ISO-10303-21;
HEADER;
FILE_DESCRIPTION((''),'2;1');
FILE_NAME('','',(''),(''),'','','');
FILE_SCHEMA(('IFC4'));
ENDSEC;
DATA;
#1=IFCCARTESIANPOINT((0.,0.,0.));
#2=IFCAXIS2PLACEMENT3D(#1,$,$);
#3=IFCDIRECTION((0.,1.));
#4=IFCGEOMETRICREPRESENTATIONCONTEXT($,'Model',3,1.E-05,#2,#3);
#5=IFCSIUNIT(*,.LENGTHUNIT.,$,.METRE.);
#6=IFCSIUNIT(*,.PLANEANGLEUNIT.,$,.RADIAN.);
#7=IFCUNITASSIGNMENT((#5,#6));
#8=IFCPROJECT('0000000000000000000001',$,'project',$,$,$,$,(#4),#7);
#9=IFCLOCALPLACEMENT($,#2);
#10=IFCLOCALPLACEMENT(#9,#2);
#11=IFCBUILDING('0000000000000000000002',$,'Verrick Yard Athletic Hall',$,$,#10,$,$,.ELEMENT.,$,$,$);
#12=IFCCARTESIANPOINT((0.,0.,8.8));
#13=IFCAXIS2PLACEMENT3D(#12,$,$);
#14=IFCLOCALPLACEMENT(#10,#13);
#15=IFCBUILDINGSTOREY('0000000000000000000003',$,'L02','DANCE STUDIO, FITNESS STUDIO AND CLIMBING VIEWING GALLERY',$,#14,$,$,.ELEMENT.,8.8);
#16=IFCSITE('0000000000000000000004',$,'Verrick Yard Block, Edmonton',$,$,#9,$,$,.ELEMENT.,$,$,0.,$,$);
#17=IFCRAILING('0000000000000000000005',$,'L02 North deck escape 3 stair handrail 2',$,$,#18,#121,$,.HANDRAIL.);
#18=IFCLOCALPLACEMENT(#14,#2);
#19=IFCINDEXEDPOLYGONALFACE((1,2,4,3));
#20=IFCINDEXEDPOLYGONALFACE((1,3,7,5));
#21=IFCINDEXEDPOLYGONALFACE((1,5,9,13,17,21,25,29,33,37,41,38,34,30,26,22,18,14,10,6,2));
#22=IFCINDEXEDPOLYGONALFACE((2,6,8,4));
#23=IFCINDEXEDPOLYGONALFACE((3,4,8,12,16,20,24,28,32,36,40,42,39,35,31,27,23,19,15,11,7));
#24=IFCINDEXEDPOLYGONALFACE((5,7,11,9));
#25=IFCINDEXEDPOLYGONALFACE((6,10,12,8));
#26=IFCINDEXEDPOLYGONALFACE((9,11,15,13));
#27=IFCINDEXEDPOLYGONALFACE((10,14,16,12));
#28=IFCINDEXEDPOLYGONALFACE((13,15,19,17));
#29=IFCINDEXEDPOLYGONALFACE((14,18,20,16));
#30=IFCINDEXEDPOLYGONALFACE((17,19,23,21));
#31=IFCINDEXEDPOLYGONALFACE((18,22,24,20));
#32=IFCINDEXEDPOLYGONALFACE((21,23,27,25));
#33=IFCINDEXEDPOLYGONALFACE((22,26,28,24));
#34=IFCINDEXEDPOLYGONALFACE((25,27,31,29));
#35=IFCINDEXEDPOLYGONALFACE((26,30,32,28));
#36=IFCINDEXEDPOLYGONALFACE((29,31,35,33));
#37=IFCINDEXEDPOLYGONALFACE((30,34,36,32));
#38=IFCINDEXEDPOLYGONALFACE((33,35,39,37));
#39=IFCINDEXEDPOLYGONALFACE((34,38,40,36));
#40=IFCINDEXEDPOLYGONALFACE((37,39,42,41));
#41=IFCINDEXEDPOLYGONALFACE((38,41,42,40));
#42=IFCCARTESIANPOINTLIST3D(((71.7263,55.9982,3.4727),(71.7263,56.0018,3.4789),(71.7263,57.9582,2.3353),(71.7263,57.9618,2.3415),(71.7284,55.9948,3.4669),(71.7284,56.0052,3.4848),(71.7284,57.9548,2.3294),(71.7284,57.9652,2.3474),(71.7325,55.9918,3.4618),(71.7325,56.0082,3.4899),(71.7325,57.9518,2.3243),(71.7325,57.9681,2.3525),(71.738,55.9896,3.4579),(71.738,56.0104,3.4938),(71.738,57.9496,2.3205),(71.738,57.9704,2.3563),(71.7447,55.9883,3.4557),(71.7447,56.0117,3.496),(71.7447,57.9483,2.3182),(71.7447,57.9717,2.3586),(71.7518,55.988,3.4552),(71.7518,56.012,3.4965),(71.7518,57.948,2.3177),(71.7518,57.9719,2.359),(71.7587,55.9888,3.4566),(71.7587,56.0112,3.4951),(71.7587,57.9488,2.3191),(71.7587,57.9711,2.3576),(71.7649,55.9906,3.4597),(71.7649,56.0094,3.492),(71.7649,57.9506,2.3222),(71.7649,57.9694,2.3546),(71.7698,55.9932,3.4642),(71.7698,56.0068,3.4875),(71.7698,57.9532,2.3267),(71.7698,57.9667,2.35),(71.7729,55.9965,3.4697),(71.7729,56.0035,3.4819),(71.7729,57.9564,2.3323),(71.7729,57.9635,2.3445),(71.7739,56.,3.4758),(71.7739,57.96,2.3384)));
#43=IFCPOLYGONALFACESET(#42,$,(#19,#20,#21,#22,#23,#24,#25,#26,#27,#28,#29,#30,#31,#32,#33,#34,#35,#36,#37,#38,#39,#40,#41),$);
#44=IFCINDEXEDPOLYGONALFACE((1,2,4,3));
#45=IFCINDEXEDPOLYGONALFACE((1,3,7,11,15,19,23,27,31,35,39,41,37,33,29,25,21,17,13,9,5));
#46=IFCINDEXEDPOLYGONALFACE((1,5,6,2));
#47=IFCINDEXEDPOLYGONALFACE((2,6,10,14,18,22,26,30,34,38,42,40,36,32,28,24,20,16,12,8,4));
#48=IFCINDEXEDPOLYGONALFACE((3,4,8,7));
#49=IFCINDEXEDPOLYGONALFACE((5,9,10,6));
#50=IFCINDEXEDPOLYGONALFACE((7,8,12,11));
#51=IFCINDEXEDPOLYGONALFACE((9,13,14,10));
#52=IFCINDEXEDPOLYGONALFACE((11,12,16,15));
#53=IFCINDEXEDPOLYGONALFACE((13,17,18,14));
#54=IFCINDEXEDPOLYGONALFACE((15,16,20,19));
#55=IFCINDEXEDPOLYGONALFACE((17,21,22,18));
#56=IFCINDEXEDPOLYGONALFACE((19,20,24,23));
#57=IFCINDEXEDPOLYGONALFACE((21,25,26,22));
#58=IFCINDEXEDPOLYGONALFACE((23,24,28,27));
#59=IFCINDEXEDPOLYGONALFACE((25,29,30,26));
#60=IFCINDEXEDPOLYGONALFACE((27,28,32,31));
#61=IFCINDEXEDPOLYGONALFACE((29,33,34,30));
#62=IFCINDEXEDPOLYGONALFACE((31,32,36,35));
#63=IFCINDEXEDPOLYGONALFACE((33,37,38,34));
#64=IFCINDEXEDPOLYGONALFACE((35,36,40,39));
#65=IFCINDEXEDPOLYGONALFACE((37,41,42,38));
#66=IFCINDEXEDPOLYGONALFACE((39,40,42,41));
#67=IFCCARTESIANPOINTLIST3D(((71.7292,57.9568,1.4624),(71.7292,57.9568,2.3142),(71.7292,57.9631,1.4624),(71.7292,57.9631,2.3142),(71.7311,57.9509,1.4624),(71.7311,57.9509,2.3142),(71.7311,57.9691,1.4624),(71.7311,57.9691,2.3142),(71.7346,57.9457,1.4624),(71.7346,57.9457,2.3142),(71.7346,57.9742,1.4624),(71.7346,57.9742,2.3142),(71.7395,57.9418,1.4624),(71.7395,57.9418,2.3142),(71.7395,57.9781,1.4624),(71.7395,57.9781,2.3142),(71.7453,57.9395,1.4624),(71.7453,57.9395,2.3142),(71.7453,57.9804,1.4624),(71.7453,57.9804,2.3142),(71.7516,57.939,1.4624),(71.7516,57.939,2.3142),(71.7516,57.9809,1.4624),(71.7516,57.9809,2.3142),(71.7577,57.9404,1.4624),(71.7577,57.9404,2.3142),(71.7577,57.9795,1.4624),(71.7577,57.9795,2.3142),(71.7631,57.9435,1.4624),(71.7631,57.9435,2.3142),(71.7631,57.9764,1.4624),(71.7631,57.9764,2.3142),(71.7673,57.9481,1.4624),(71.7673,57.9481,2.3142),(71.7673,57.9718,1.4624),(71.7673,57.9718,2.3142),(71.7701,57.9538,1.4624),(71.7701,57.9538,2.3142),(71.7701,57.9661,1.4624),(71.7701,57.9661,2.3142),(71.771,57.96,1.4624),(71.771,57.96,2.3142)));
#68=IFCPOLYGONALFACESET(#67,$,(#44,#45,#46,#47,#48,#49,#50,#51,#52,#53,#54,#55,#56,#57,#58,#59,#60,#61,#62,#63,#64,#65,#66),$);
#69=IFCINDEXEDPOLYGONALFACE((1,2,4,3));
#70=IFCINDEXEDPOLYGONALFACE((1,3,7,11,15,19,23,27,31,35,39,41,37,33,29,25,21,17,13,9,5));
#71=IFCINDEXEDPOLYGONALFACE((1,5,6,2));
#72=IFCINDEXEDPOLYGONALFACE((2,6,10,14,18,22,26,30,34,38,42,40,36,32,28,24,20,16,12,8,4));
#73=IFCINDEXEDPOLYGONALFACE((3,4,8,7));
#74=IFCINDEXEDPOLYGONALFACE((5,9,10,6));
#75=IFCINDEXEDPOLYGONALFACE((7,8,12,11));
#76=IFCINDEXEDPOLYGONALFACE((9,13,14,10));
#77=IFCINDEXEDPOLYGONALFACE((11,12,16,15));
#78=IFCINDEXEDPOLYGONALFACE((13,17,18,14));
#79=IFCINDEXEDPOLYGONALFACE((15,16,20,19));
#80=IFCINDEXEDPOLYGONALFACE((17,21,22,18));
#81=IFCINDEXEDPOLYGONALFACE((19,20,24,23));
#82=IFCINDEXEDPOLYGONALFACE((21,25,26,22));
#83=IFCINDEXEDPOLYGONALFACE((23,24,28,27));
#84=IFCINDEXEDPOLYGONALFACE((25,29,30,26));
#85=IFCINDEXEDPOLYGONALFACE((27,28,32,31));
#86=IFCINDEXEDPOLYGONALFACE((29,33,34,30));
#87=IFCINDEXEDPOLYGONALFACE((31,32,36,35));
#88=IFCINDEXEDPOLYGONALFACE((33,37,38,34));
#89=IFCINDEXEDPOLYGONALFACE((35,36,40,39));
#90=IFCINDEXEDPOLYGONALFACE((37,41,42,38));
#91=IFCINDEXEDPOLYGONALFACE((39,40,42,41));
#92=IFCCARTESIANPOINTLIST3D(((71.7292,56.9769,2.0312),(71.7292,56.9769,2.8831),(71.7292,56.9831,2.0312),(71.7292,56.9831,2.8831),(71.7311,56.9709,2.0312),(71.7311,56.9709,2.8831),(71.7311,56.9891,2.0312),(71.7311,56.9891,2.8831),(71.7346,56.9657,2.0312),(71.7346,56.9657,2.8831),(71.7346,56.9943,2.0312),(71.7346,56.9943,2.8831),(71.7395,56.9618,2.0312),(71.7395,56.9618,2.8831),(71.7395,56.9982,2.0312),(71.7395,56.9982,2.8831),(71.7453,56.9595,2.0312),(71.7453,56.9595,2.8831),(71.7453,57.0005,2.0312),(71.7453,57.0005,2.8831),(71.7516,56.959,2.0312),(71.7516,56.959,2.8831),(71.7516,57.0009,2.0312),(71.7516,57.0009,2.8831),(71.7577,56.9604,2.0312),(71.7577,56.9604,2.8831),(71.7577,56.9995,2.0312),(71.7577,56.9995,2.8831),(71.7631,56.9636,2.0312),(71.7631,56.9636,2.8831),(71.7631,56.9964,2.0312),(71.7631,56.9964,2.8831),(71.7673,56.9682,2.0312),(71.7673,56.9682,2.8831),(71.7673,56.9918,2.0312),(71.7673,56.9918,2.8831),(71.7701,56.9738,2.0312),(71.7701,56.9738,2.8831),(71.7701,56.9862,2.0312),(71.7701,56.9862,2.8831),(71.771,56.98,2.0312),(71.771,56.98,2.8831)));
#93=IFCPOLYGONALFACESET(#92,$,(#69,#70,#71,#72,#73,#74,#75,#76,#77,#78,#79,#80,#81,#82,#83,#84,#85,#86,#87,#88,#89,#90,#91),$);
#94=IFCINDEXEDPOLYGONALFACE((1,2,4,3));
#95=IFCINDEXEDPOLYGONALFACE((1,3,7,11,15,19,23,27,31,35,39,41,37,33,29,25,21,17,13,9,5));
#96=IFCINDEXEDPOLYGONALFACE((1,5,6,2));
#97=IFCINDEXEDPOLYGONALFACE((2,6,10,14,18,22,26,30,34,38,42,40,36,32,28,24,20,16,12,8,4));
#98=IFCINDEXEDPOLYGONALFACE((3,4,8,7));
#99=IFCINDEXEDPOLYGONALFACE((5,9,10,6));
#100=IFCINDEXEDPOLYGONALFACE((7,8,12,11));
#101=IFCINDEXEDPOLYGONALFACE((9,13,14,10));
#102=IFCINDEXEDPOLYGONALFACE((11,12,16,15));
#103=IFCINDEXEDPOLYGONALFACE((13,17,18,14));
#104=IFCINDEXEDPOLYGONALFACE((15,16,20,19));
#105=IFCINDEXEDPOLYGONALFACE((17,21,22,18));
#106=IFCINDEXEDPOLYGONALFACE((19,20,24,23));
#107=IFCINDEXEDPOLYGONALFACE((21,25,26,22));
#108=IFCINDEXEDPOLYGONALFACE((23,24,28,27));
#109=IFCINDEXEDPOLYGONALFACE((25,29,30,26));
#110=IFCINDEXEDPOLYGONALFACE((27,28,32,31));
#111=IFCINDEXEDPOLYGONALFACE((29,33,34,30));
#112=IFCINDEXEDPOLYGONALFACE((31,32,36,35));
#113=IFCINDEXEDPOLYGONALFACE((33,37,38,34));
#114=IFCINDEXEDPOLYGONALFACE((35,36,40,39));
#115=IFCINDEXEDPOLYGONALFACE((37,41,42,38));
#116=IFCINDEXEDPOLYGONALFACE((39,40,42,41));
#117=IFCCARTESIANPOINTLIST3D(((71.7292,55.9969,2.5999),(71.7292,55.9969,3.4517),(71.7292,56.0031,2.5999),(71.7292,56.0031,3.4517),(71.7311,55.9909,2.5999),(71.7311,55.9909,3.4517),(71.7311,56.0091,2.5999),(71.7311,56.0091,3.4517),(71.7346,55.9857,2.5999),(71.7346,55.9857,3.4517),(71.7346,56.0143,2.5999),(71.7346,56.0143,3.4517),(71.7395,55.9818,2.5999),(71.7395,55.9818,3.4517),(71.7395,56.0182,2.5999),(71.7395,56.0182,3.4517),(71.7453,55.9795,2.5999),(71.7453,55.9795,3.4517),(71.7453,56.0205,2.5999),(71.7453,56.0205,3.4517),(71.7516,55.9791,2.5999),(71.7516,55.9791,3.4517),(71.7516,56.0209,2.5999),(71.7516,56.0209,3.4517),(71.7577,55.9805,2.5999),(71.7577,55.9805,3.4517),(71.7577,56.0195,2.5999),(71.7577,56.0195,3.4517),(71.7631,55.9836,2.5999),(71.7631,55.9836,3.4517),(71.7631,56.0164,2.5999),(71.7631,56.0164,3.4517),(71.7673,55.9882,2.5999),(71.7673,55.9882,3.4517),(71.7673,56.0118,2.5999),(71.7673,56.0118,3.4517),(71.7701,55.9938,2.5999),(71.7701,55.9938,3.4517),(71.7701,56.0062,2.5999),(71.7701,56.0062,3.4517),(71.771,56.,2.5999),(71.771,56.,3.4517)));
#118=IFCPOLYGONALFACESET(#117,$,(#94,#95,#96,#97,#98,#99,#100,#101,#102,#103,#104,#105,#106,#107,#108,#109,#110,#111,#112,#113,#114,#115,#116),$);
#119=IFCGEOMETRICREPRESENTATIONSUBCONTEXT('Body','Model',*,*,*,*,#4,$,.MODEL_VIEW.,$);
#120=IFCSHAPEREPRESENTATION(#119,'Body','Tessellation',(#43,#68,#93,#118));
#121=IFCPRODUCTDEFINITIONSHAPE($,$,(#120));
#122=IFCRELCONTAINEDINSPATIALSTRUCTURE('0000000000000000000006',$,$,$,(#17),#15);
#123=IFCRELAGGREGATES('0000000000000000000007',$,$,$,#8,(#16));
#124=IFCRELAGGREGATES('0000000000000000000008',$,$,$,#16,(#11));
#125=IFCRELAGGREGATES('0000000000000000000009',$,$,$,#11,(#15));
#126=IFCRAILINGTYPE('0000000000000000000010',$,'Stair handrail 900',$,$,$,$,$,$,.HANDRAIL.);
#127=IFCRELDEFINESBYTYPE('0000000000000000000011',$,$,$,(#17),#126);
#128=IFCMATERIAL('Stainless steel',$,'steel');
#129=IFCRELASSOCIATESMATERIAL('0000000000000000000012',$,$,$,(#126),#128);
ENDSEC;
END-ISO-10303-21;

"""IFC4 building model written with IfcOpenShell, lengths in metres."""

from ifc_helpers import new_model, si_unit, direction, frame, origin, origin_2d, place, context, subcontext, project, spatial, circle, extrude, material, type_object, element, save


model = new_model("IFC4")

# Units and contexts
model_context = context("Model", 3, precision=1e-05, world=origin(), true_north=direction((0.0, 1.0)))
body_context = subcontext(model_context, "Body", "Model", "MODEL_VIEW")
ifc_project = project(units=[si_unit("LENGTHUNIT", "METRE"), si_unit("PLANEANGLEUNIT", "RADIAN")], contexts=[model_context])

# Site, building, storey
site_placement = place(None, origin())
site = spatial("IfcSite", under=ifc_project, at=site_placement, Name="Verrick Yard Block, Edmonton", CompositionType="ELEMENT", RefElevation=0.0)
building_placement = place(site_placement, origin())
building = spatial("IfcBuilding", under=site, at=building_placement, Name="Verrick Yard Athletic Hall", CompositionType="ELEMENT")
storey_placement = place(building_placement, frame((0.0, 0.0, 8.8)))
storey = spatial("IfcBuildingStorey", under=building, at=storey_placement, Name="L02", Description="DANCE STUDIO, FITNESS STUDIO AND CLIMBING VIEWING GALLERY", CompositionType="ELEMENT", Elevation=8.8)

# Railing
ifc_material_1 = material(Name="Stainless steel", Category="steel")
railing_type_1 = type_object("IfcRailingType", Name="Stair handrail 900", PredefinedType="HANDRAIL", material=ifc_material_1)
railing_1_placement = place(storey_placement, frame((71.75, 57.96, 1.4624)))
element("IfcRailing", 1, at=railing_1_placement, inside=storey, type_object=railing_type_1, Name="L02 North deck escape 3 stair handrail 2", PredefinedType="HANDRAIL", context=body_context, shape_type="SweptSolid", body=[
    extrude(circle(Radius=0.0239, at=origin_2d()), frame((0.0, 0.0, 0.876), z_axis=(0.0, -0.864902, 0.501941), x_axis=(1.0, 0.0, 0.0)), (0.0, 0.0, 1.0), 2.2661),
    extrude(circle(Radius=0.021, at=origin_2d()), origin(), (0.0, 0.0, 1.0), 0.8518),
    extrude(circle(Radius=0.021, at=origin_2d()), frame((0.0, -0.98, 0.5688)), (0.0, 0.0, 1.0), 0.8518),
    extrude(circle(Radius=0.021, at=origin_2d()), frame((0.0, -1.96, 1.1375)), (0.0, 0.0, 1.0), 0.8518),
])

save(model, "model.ifc")
